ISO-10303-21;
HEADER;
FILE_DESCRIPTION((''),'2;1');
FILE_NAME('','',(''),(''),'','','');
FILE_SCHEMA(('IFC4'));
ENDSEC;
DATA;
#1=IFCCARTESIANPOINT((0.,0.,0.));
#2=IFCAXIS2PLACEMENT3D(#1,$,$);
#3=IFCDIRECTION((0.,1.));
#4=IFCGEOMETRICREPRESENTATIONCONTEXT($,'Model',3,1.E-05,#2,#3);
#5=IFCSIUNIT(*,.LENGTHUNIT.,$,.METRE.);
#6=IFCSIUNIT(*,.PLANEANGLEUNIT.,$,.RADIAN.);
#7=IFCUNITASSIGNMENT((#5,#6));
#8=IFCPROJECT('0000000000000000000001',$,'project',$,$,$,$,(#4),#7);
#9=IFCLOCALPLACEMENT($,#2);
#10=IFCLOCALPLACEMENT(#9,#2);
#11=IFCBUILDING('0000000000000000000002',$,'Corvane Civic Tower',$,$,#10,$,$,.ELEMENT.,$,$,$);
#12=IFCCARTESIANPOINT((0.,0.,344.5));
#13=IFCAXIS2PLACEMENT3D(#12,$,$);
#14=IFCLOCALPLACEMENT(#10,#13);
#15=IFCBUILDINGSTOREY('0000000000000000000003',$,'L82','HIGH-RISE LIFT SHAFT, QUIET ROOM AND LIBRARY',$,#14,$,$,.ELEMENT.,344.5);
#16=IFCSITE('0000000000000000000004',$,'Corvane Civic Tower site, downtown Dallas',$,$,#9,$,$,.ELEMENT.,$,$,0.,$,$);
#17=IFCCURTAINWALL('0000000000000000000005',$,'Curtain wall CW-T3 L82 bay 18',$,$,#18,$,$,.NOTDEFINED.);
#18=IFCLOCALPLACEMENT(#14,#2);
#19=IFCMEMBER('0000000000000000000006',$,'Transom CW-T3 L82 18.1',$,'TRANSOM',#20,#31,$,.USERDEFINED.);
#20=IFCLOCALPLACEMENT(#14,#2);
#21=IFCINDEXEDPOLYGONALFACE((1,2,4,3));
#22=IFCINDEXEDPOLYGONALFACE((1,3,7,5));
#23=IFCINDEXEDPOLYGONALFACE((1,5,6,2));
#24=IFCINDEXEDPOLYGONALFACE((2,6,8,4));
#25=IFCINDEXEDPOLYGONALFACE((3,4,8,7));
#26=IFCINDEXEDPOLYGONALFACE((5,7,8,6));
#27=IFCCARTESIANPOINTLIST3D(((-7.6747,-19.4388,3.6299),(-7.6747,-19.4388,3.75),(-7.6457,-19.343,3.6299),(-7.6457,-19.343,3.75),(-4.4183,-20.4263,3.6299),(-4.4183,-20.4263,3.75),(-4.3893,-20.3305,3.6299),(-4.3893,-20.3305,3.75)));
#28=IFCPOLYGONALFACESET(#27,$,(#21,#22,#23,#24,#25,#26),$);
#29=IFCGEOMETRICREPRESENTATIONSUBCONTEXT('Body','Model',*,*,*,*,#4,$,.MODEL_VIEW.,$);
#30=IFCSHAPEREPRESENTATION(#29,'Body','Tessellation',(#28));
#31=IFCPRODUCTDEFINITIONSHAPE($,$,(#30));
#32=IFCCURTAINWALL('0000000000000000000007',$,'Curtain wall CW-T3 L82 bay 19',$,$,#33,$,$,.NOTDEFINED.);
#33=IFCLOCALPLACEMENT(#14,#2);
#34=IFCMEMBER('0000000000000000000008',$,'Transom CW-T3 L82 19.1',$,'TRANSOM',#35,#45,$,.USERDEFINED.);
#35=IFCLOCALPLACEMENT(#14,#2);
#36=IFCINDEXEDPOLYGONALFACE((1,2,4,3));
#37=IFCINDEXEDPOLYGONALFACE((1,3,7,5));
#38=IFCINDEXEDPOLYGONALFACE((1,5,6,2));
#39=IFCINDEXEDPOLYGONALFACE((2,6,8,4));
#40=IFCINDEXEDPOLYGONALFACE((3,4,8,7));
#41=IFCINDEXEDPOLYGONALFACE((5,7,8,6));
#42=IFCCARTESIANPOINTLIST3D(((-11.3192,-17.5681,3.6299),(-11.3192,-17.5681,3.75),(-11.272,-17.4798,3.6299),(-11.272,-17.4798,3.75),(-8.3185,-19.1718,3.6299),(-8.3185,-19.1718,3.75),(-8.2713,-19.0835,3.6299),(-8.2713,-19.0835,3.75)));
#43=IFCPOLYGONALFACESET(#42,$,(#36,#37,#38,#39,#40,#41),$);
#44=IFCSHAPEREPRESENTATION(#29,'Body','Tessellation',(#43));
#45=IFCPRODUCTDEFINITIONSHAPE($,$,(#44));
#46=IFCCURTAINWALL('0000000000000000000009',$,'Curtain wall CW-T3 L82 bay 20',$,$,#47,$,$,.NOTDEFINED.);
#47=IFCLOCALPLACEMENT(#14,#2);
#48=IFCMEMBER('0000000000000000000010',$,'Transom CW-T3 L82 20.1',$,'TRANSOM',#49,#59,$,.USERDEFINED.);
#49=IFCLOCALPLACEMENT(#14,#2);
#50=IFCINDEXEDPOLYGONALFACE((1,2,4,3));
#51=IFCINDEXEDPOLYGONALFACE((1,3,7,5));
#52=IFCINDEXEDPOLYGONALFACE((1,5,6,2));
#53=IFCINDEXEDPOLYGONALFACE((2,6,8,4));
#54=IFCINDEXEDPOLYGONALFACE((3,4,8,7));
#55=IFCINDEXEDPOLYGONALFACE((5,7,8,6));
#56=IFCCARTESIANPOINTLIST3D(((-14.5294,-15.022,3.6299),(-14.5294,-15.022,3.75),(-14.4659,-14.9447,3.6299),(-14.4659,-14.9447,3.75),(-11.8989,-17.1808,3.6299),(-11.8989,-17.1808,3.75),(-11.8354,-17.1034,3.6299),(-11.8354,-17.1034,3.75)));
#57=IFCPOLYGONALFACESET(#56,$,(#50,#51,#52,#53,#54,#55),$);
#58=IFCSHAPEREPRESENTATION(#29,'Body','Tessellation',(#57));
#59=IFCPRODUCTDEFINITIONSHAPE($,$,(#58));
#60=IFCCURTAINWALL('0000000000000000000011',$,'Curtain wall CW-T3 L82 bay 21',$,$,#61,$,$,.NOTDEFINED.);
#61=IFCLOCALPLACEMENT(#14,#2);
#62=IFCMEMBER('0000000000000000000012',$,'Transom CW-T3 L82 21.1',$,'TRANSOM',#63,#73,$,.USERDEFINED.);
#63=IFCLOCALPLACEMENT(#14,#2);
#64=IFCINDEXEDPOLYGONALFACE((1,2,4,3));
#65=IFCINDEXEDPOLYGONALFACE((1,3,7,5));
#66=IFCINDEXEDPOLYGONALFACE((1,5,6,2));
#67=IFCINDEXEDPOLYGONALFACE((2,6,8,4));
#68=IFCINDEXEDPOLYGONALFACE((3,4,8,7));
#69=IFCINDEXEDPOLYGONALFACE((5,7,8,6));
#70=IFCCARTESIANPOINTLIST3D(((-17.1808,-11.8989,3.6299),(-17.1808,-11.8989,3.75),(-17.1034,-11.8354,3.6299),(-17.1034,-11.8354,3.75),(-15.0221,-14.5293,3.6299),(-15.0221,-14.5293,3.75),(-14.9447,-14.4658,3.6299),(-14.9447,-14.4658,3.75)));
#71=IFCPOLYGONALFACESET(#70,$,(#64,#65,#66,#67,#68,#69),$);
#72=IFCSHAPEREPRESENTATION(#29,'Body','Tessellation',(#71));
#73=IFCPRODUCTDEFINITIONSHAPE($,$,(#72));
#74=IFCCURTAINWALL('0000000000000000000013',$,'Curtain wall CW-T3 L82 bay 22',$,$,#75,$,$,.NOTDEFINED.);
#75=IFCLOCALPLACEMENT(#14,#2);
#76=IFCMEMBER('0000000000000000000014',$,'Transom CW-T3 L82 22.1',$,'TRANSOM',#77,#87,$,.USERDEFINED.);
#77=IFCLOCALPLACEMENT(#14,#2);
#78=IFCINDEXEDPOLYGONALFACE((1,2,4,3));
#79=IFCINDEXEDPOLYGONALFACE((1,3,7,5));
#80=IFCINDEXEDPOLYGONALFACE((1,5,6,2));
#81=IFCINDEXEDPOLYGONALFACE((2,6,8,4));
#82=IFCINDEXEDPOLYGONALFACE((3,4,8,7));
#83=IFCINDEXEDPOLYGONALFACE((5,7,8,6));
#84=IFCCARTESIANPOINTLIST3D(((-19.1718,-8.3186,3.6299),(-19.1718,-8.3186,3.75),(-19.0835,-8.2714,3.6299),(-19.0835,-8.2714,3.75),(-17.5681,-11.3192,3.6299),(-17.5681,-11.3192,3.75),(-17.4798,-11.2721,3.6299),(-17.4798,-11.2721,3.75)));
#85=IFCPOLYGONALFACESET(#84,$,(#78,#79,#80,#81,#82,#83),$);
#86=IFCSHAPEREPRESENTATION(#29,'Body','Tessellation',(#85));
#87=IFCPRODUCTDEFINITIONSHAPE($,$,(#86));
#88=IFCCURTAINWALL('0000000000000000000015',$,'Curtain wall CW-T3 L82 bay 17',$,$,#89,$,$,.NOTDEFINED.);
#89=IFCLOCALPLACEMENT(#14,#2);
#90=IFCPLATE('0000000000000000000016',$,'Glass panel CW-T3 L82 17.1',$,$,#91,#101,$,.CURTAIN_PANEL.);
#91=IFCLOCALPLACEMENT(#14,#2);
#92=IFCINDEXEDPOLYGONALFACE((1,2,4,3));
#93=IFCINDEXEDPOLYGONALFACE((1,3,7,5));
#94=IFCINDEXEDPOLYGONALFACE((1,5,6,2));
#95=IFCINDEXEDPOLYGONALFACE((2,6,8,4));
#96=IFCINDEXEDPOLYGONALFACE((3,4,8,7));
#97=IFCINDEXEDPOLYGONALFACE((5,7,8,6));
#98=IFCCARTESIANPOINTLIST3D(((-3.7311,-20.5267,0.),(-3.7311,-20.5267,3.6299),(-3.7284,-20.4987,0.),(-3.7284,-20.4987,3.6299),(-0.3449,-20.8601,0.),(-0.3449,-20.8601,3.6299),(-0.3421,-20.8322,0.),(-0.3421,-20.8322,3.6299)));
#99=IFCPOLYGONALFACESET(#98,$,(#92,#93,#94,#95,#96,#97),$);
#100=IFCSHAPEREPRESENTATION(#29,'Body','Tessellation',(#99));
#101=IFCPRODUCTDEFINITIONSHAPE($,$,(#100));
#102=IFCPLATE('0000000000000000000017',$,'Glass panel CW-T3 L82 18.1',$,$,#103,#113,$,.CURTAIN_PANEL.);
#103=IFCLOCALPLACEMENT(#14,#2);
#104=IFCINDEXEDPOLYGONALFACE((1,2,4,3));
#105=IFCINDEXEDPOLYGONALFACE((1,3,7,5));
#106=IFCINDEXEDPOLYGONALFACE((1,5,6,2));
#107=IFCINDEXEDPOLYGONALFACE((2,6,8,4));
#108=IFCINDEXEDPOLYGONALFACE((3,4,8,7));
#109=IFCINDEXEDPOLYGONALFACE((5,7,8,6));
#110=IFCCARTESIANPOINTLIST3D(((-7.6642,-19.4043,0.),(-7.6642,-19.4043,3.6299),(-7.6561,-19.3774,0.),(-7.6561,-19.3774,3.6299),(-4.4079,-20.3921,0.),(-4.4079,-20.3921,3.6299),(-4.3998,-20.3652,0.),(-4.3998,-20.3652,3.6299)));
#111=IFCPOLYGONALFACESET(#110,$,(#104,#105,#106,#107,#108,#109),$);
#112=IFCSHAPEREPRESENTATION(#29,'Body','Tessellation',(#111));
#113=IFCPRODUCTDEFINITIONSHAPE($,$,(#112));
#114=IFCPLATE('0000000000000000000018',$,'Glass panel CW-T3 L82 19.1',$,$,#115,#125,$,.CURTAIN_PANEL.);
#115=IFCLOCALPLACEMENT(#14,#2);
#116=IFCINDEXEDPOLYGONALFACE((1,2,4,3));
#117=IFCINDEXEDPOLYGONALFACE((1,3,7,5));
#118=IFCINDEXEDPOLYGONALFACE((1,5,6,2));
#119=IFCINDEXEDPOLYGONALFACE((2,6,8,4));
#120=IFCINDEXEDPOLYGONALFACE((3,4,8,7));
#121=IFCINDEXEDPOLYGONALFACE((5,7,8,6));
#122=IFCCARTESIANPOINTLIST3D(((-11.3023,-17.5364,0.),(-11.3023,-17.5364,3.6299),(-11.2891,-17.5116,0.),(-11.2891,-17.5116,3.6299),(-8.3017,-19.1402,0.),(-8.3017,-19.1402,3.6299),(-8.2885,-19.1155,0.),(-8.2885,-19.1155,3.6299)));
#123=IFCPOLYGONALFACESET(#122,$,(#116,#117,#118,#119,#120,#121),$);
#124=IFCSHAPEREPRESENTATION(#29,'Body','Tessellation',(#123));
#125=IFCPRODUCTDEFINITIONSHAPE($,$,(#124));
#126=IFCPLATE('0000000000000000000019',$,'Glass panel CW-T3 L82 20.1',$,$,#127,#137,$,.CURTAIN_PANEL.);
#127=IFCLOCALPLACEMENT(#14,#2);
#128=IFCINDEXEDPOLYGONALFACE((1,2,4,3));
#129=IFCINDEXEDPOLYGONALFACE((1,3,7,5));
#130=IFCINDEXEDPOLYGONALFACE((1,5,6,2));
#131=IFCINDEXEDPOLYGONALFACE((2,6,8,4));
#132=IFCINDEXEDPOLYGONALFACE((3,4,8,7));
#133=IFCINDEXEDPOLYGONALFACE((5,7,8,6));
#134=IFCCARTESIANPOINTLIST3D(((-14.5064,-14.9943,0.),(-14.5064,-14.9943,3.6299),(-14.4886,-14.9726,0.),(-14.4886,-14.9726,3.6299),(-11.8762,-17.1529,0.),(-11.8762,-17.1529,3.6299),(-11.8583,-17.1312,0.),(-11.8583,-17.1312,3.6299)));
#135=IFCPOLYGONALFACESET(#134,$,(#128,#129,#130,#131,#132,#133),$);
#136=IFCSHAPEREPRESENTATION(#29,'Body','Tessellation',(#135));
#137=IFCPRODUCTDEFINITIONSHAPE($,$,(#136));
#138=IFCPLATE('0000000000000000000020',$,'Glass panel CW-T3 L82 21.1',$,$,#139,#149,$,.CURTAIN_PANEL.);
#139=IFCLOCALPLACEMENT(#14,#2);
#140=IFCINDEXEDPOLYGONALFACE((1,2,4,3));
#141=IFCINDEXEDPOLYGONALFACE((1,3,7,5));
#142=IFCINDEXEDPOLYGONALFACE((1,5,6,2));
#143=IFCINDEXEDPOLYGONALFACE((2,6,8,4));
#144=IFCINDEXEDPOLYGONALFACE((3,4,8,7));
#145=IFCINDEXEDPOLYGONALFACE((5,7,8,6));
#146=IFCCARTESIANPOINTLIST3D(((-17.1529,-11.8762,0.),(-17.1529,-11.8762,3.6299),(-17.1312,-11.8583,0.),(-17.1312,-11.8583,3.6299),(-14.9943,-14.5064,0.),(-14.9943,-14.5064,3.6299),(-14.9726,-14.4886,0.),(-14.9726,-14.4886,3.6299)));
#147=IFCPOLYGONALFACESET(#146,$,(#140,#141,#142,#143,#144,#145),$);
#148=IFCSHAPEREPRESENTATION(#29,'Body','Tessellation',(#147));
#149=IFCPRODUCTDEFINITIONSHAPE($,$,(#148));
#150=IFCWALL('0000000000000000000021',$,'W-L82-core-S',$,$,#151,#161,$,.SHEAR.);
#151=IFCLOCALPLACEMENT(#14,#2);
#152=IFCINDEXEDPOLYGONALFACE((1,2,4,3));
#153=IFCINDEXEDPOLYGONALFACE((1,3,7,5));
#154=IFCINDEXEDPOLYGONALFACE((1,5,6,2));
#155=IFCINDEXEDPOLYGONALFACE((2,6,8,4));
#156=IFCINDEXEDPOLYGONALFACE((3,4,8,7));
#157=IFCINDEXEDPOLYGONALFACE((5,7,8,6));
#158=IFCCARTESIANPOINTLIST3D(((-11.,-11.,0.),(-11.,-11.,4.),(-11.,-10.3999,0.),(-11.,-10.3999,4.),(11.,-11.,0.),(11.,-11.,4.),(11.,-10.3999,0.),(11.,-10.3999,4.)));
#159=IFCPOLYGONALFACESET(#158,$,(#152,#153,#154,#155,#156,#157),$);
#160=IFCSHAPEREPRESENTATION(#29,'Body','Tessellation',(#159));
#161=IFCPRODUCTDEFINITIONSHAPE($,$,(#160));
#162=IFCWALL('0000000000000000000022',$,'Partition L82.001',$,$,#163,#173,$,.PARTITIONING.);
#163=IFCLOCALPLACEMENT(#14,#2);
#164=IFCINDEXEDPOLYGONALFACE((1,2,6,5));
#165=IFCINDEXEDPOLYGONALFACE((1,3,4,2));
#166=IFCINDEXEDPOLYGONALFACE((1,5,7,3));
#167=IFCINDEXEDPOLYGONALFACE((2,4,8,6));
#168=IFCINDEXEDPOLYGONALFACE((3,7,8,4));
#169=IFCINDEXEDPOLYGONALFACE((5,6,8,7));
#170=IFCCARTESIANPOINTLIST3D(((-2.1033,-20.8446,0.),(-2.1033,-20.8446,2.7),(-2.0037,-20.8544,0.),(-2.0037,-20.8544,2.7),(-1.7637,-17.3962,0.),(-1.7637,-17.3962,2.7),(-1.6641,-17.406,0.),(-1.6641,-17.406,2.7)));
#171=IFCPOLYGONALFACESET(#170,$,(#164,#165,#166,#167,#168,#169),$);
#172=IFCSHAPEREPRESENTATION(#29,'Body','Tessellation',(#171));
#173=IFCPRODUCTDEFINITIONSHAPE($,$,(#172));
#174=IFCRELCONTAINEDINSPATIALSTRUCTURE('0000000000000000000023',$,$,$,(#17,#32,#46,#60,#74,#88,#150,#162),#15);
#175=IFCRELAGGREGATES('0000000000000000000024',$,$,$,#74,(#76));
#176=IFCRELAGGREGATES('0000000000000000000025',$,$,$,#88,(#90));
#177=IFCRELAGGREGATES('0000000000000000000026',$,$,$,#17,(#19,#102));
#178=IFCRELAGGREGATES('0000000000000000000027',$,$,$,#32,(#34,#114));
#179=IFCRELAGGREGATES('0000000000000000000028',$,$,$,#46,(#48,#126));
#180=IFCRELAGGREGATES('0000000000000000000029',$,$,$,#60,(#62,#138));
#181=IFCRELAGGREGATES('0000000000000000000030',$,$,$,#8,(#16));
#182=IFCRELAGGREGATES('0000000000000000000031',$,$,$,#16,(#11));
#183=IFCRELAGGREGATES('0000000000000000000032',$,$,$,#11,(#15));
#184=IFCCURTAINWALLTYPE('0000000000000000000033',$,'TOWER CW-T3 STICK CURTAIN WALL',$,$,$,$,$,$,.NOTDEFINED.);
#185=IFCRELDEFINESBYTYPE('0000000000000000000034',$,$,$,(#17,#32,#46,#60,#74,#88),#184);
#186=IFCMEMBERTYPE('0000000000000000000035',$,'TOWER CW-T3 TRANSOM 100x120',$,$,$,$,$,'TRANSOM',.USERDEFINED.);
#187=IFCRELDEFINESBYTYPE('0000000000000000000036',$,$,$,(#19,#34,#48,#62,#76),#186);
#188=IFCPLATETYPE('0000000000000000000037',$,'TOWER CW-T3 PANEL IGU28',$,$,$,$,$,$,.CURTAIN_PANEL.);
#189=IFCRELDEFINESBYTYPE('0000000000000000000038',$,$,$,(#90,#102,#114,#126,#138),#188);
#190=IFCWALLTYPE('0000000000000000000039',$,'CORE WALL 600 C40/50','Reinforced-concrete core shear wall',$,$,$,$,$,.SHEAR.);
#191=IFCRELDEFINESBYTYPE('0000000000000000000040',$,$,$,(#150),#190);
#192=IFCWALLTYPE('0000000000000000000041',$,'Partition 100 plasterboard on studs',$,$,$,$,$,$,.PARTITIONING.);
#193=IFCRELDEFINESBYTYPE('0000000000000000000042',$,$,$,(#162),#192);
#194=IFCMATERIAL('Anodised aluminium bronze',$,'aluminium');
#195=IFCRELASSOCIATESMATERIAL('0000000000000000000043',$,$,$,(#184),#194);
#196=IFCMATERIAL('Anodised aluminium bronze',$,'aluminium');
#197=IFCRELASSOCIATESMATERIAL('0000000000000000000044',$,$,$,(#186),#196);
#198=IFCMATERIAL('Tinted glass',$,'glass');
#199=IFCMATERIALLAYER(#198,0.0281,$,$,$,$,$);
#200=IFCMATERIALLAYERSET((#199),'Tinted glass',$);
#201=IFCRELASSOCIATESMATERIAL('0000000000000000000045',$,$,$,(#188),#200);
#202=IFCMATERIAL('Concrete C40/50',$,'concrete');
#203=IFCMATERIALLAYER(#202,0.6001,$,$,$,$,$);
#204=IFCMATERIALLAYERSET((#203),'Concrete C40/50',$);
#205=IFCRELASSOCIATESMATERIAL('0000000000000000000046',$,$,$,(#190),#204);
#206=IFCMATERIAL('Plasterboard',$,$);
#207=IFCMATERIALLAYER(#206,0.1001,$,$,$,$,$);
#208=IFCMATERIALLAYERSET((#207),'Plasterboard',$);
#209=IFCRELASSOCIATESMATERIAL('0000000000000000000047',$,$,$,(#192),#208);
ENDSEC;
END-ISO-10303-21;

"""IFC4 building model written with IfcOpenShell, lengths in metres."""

from ifc_helpers import new_model, si_unit, direction, frame, frame_2d, origin, origin_2d, place, context, subcontext, project, spatial, rectangle, extrude, material, layer, layer_set, material_profile, profile_set, type_object, element, aggregate, save


model = new_model("IFC4")

# Units and contexts
model_context = context("Model", 3, precision=1e-05, world=origin(), true_north=direction((0.0, 1.0)))
body_context = subcontext(model_context, "Body", "Model", "MODEL_VIEW")
ifc_project = project(units=[si_unit("LENGTHUNIT", "METRE"), si_unit("PLANEANGLEUNIT", "RADIAN")], contexts=[model_context])

# Site, building, storey
site_placement = place(None, origin())
site = spatial("IfcSite", under=ifc_project, at=site_placement, Name="Corvane Civic Tower site, downtown Dallas", CompositionType="ELEMENT", RefElevation=0.0)
building_placement = place(site_placement, origin())
building = spatial("IfcBuilding", under=site, at=building_placement, Name="Corvane Civic Tower", CompositionType="ELEMENT")
storey_placement = place(building_placement, frame((0.0, 0.0, 344.5)))
storey = spatial("IfcBuildingStorey", under=building, at=storey_placement, Name="L82", Description="HIGH-RISE LIFT SHAFT, QUIET ROOM AND LIBRARY", CompositionType="ELEMENT", Elevation=344.5)

# Curtain walls, members
ifc_material_1 = material(Name="Anodised aluminium bronze", Category="aluminium")
curtain_wall_type = type_object("IfcCurtainWallType", Name="TOWER CW-T3 STICK CURTAIN WALL", PredefinedType="NOTDEFINED", material=ifc_material_1)
curtain_wall_1_placement = place(storey_placement, origin())
curtain_wall_1 = element("IfcCurtainWall", 1, at=curtain_wall_1_placement, inside=storey, type_object=curtain_wall_type, Name="Curtain wall CW-T3 L82 bay 18", PredefinedType="NOTDEFINED")
ifc_material_2 = material(Name="Anodised aluminium bronze", Category="aluminium")
ifc_material_profile_1 = material_profile(ifc_material_2, rectangle(XDim=0.1001, YDim=0.1201, at=origin_2d()), Name="TOWER CW-T3 TRANSOM 100x120")
ifc_profile_set_1 = profile_set([ifc_material_profile_1], Name="Anodised aluminium bronze")
member_type = type_object("IfcMemberType", Name="TOWER CW-T3 TRANSOM 100x120", ElementType="TRANSOM", PredefinedType="USERDEFINED", material=ifc_profile_set_1)
member_1_placement = place(storey_placement, frame((-4.4038, -20.3784, 3.6899), z_axis=(-0.956961, 0.290216, 0.0), x_axis=(-0.290216, -0.956961, 0.0)))
member_1 = element("IfcMember", 2, at=member_1_placement, type_object=member_type, Name="Transom CW-T3 L82 18.1", ObjectType="TRANSOM", PredefinedType="USERDEFINED", context=body_context, shape_type="SweptSolid", body=[
    extrude(rectangle(XDim=0.1001, YDim=0.1201, at=origin_2d()), origin(), (0.0, 0.0, 1.0), 3.4028),
])
curtain_wall_2_placement = place(storey_placement, origin())
curtain_wall_2 = element("IfcCurtainWall", 3, at=curtain_wall_2_placement, inside=storey, type_object=curtain_wall_type, Name="Curtain wall CW-T3 L82 bay 19", PredefinedType="NOTDEFINED")
member_2_placement = place(storey_placement, frame((-8.2949, -19.1277, 3.6899), z_axis=(-0.881941, 0.471359, 0.0), x_axis=(-0.471359, -0.881941, 0.0)))
member_2 = element("IfcMember", 4, at=member_2_placement, type_object=member_type, Name="Transom CW-T3 L82 19.1", ObjectType="TRANSOM", PredefinedType="USERDEFINED", context=body_context, shape_type="SweptSolid", body=[
    extrude(rectangle(XDim=0.1001, YDim=0.1201, at=origin_2d()), origin(), (0.0, 0.0, 1.0), 3.4023),
])
curtain_wall_3_placement = place(storey_placement, origin())
curtain_wall_3 = element("IfcCurtainWall", 5, at=curtain_wall_3_placement, inside=storey, type_object=curtain_wall_type, Name="Curtain wall CW-T3 L82 bay 20", PredefinedType="NOTDEFINED")
member_3_placement = place(storey_placement, frame((-11.8672, -17.1421, 3.6899), z_axis=(-0.77301, 0.634394, 0.0), x_axis=(-0.634394, -0.77301, 0.0)))
member_3 = element("IfcMember", 6, at=member_3_placement, type_object=member_type, Name="Transom CW-T3 L82 20.1", ObjectType="TRANSOM", PredefinedType="USERDEFINED", context=body_context, shape_type="SweptSolid", body=[
    extrude(rectangle(XDim=0.1001, YDim=0.1201, at=origin_2d()), origin(), (0.0, 0.0, 1.0), 3.4028),
])
curtain_wall_4_placement = place(storey_placement, origin())
curtain_wall_4 = element("IfcCurtainWall", 7, at=curtain_wall_4_placement, inside=storey, type_object=curtain_wall_type, Name="Curtain wall CW-T3 L82 bay 21", PredefinedType="NOTDEFINED")
member_4_placement = place(storey_placement, frame((-14.9834, -14.4976, 3.6899), z_axis=(-0.634394, 0.77301, 0.0), x_axis=(-0.77301, -0.634394, 0.0)))
member_4 = element("IfcMember", 8, at=member_4_placement, type_object=member_type, Name="Transom CW-T3 L82 21.1", ObjectType="TRANSOM", PredefinedType="USERDEFINED", context=body_context, shape_type="SweptSolid", body=[
    extrude(rectangle(XDim=0.1001, YDim=0.1201, at=origin_2d()), origin(), (0.0, 0.0, 1.0), 3.4028),
])
curtain_wall_5_placement = place(storey_placement, origin())
curtain_wall_5 = element("IfcCurtainWall", 9, at=curtain_wall_5_placement, inside=storey, type_object=curtain_wall_type, Name="Curtain wall CW-T3 L82 bay 22", PredefinedType="NOTDEFINED")
member_5_placement = place(storey_placement, frame((-17.5239, -11.2957, 3.6899), z_axis=(-0.471359, 0.881941, 0.0), x_axis=(-0.881941, -0.471359, 0.0)))
member_5 = element("IfcMember", 10, at=member_5_placement, type_object=member_type, Name="Transom CW-T3 L82 22.1", ObjectType="TRANSOM", PredefinedType="USERDEFINED", context=body_context, shape_type="SweptSolid", body=[
    extrude(rectangle(XDim=0.1001, YDim=0.1201, at=origin_2d()), origin(), (0.0, 0.0, 1.0), 3.4023),
])
aggregate(curtain_wall_5, [member_5])

# Curtain wall, plate
curtain_wall_6_placement = place(storey_placement, origin())
curtain_wall_6 = element("IfcCurtainWall", 11, at=curtain_wall_6_placement, inside=storey, type_object=curtain_wall_type, Name="Curtain wall CW-T3 L82 bay 17", PredefinedType="NOTDEFINED")
ifc_material_3 = material(Name="Tinted glass", Category="glass")
ifc_layer_1 = layer(ifc_material_3, 0.0281)
ifc_layer_set_1 = layer_set([ifc_layer_1], Name="Tinted glass")
plate_type = type_object("IfcPlateType", Name="TOWER CW-T3 PANEL IGU28", PredefinedType="CURTAIN_PANEL", material=ifc_layer_set_1)
plate_1_placement = place(storey_placement, frame((-2.0366, -20.6794, 0.0), z_axis=(0.0, 0.0, 1.0), x_axis=(-0.995187, 0.097998, 0.0)))
plate_1 = element("IfcPlate", 12, at=plate_1_placement, type_object=plate_type, Name="Glass panel CW-T3 L82 17.1", PredefinedType="CURTAIN_PANEL", context=body_context, shape_type="SweptSolid", body=[
    extrude(rectangle(XDim=3.4026, YDim=0.0281, at=origin_2d()), origin(), (0.0, 0.0, 1.0), 3.6299),
])
aggregate(curtain_wall_6, [plate_1])

# Plates
plate_2_placement = place(storey_placement, frame((-6.032, -19.8848, 0.0), z_axis=(0.0, 0.0, 1.0), x_axis=(-0.956939, 0.29029, 0.0)))
plate_2 = element("IfcPlate", 13, at=plate_2_placement, type_object=plate_type, Name="Glass panel CW-T3 L82 18.1", PredefinedType="CURTAIN_PANEL", context=body_context, shape_type="SweptSolid", body=[
    extrude(rectangle(XDim=3.4028, YDim=0.0281, at=origin_2d()), origin(), (0.0, 0.0, 1.0), 3.6299),
])
aggregate(curtain_wall_1, [member_1, plate_2])
plate_3_placement = place(storey_placement, frame((-9.7954, -18.3259, 0.0), z_axis=(0.0, 0.0, 1.0), x_axis=(-0.881928, 0.471384, 0.0)))
plate_3 = element("IfcPlate", 14, at=plate_3_placement, type_object=plate_type, Name="Glass panel CW-T3 L82 19.1", PredefinedType="CURTAIN_PANEL", context=body_context, shape_type="SweptSolid", body=[
    extrude(rectangle(XDim=3.4023, YDim=0.0281, at=origin_2d()), origin(), (0.0, 0.0, 1.0), 3.6299),
])
aggregate(curtain_wall_2, [member_2, plate_3])
plate_4_placement = place(storey_placement, frame((-13.1824, -16.0627, 0.0), z_axis=(0.0, 0.0, 1.0), x_axis=(-0.77301, 0.634393, 0.0)))
plate_4 = element("IfcPlate", 15, at=plate_4_placement, type_object=plate_type, Name="Glass panel CW-T3 L82 20.1", PredefinedType="CURTAIN_PANEL", context=body_context, shape_type="SweptSolid", body=[
    extrude(rectangle(XDim=3.4026, YDim=0.0281, at=origin_2d()), origin(), (0.0, 0.0, 1.0), 3.6299),
])
aggregate(curtain_wall_3, [member_3, plate_4])
plate_5_placement = place(storey_placement, frame((-16.0627, -13.1824, 0.0), z_axis=(0.0, 0.0, 1.0), x_axis=(-0.634393, 0.77301, 0.0)))
plate_5 = element("IfcPlate", 16, at=plate_5_placement, type_object=plate_type, Name="Glass panel CW-T3 L82 21.1", PredefinedType="CURTAIN_PANEL", context=body_context, shape_type="SweptSolid", body=[
    extrude(rectangle(XDim=3.4026, YDim=0.0281, at=origin_2d()), origin(), (0.0, 0.0, 1.0), 3.6299),
])
aggregate(curtain_wall_4, [member_4, plate_5])

# Walls
ifc_material_4 = material(Name="Concrete C40/50", Category="concrete")
ifc_layer_2 = layer(ifc_material_4, 0.6001)
ifc_layer_set_2 = layer_set([ifc_layer_2], Name="Concrete C40/50")
wall_type_1 = type_object("IfcWallType", Name="CORE WALL 600 C40/50", Description="Reinforced-concrete core shear wall", PredefinedType="SHEAR", material=ifc_layer_set_2)
wall_1_placement = place(storey_placement, frame((-11.0, -10.7, 0.0), z_axis=(0.0, 0.0, 1.0), x_axis=(1.0, 0.0, 0.0)))
element("IfcWall", 17, at=wall_1_placement, inside=storey, type_object=wall_type_1, Name="W-L82-core-S", PredefinedType="SHEAR", context=body_context, shape_type="SweptSolid", body=[
    extrude(rectangle(XDim=22.0, YDim=0.6001, at=frame_2d((11.0, 0.0))), origin(), (0.0, 0.0, 1.0), 4.0),
])
ifc_material_5 = material(Name="Plasterboard")
ifc_layer_3 = layer(ifc_material_5, 0.1001)
ifc_layer_set_3 = layer_set([ifc_layer_3], Name="Plasterboard")
wall_type_2 = type_object("IfcWallType", Name="Partition 100 plasterboard on studs", PredefinedType="PARTITIONING", material=ifc_layer_set_3)
wall_2_placement = place(storey_placement, frame((-2.0535, -20.8494, 0.0), z_axis=(0.0, 0.0, 1.0), x_axis=(0.098004, 0.995186, 0.0)))
element("IfcWall", 18, at=wall_2_placement, inside=storey, type_object=wall_type_2, Name="Partition L82.001", PredefinedType="PARTITIONING", context=body_context, shape_type="SweptSolid", body=[
    extrude(rectangle(XDim=3.4651, YDim=0.1001, at=frame_2d((1.7324, 0.0))), origin(), (0.0, 0.0, 1.0), 2.7),
])

save(model, "model.ifc")
